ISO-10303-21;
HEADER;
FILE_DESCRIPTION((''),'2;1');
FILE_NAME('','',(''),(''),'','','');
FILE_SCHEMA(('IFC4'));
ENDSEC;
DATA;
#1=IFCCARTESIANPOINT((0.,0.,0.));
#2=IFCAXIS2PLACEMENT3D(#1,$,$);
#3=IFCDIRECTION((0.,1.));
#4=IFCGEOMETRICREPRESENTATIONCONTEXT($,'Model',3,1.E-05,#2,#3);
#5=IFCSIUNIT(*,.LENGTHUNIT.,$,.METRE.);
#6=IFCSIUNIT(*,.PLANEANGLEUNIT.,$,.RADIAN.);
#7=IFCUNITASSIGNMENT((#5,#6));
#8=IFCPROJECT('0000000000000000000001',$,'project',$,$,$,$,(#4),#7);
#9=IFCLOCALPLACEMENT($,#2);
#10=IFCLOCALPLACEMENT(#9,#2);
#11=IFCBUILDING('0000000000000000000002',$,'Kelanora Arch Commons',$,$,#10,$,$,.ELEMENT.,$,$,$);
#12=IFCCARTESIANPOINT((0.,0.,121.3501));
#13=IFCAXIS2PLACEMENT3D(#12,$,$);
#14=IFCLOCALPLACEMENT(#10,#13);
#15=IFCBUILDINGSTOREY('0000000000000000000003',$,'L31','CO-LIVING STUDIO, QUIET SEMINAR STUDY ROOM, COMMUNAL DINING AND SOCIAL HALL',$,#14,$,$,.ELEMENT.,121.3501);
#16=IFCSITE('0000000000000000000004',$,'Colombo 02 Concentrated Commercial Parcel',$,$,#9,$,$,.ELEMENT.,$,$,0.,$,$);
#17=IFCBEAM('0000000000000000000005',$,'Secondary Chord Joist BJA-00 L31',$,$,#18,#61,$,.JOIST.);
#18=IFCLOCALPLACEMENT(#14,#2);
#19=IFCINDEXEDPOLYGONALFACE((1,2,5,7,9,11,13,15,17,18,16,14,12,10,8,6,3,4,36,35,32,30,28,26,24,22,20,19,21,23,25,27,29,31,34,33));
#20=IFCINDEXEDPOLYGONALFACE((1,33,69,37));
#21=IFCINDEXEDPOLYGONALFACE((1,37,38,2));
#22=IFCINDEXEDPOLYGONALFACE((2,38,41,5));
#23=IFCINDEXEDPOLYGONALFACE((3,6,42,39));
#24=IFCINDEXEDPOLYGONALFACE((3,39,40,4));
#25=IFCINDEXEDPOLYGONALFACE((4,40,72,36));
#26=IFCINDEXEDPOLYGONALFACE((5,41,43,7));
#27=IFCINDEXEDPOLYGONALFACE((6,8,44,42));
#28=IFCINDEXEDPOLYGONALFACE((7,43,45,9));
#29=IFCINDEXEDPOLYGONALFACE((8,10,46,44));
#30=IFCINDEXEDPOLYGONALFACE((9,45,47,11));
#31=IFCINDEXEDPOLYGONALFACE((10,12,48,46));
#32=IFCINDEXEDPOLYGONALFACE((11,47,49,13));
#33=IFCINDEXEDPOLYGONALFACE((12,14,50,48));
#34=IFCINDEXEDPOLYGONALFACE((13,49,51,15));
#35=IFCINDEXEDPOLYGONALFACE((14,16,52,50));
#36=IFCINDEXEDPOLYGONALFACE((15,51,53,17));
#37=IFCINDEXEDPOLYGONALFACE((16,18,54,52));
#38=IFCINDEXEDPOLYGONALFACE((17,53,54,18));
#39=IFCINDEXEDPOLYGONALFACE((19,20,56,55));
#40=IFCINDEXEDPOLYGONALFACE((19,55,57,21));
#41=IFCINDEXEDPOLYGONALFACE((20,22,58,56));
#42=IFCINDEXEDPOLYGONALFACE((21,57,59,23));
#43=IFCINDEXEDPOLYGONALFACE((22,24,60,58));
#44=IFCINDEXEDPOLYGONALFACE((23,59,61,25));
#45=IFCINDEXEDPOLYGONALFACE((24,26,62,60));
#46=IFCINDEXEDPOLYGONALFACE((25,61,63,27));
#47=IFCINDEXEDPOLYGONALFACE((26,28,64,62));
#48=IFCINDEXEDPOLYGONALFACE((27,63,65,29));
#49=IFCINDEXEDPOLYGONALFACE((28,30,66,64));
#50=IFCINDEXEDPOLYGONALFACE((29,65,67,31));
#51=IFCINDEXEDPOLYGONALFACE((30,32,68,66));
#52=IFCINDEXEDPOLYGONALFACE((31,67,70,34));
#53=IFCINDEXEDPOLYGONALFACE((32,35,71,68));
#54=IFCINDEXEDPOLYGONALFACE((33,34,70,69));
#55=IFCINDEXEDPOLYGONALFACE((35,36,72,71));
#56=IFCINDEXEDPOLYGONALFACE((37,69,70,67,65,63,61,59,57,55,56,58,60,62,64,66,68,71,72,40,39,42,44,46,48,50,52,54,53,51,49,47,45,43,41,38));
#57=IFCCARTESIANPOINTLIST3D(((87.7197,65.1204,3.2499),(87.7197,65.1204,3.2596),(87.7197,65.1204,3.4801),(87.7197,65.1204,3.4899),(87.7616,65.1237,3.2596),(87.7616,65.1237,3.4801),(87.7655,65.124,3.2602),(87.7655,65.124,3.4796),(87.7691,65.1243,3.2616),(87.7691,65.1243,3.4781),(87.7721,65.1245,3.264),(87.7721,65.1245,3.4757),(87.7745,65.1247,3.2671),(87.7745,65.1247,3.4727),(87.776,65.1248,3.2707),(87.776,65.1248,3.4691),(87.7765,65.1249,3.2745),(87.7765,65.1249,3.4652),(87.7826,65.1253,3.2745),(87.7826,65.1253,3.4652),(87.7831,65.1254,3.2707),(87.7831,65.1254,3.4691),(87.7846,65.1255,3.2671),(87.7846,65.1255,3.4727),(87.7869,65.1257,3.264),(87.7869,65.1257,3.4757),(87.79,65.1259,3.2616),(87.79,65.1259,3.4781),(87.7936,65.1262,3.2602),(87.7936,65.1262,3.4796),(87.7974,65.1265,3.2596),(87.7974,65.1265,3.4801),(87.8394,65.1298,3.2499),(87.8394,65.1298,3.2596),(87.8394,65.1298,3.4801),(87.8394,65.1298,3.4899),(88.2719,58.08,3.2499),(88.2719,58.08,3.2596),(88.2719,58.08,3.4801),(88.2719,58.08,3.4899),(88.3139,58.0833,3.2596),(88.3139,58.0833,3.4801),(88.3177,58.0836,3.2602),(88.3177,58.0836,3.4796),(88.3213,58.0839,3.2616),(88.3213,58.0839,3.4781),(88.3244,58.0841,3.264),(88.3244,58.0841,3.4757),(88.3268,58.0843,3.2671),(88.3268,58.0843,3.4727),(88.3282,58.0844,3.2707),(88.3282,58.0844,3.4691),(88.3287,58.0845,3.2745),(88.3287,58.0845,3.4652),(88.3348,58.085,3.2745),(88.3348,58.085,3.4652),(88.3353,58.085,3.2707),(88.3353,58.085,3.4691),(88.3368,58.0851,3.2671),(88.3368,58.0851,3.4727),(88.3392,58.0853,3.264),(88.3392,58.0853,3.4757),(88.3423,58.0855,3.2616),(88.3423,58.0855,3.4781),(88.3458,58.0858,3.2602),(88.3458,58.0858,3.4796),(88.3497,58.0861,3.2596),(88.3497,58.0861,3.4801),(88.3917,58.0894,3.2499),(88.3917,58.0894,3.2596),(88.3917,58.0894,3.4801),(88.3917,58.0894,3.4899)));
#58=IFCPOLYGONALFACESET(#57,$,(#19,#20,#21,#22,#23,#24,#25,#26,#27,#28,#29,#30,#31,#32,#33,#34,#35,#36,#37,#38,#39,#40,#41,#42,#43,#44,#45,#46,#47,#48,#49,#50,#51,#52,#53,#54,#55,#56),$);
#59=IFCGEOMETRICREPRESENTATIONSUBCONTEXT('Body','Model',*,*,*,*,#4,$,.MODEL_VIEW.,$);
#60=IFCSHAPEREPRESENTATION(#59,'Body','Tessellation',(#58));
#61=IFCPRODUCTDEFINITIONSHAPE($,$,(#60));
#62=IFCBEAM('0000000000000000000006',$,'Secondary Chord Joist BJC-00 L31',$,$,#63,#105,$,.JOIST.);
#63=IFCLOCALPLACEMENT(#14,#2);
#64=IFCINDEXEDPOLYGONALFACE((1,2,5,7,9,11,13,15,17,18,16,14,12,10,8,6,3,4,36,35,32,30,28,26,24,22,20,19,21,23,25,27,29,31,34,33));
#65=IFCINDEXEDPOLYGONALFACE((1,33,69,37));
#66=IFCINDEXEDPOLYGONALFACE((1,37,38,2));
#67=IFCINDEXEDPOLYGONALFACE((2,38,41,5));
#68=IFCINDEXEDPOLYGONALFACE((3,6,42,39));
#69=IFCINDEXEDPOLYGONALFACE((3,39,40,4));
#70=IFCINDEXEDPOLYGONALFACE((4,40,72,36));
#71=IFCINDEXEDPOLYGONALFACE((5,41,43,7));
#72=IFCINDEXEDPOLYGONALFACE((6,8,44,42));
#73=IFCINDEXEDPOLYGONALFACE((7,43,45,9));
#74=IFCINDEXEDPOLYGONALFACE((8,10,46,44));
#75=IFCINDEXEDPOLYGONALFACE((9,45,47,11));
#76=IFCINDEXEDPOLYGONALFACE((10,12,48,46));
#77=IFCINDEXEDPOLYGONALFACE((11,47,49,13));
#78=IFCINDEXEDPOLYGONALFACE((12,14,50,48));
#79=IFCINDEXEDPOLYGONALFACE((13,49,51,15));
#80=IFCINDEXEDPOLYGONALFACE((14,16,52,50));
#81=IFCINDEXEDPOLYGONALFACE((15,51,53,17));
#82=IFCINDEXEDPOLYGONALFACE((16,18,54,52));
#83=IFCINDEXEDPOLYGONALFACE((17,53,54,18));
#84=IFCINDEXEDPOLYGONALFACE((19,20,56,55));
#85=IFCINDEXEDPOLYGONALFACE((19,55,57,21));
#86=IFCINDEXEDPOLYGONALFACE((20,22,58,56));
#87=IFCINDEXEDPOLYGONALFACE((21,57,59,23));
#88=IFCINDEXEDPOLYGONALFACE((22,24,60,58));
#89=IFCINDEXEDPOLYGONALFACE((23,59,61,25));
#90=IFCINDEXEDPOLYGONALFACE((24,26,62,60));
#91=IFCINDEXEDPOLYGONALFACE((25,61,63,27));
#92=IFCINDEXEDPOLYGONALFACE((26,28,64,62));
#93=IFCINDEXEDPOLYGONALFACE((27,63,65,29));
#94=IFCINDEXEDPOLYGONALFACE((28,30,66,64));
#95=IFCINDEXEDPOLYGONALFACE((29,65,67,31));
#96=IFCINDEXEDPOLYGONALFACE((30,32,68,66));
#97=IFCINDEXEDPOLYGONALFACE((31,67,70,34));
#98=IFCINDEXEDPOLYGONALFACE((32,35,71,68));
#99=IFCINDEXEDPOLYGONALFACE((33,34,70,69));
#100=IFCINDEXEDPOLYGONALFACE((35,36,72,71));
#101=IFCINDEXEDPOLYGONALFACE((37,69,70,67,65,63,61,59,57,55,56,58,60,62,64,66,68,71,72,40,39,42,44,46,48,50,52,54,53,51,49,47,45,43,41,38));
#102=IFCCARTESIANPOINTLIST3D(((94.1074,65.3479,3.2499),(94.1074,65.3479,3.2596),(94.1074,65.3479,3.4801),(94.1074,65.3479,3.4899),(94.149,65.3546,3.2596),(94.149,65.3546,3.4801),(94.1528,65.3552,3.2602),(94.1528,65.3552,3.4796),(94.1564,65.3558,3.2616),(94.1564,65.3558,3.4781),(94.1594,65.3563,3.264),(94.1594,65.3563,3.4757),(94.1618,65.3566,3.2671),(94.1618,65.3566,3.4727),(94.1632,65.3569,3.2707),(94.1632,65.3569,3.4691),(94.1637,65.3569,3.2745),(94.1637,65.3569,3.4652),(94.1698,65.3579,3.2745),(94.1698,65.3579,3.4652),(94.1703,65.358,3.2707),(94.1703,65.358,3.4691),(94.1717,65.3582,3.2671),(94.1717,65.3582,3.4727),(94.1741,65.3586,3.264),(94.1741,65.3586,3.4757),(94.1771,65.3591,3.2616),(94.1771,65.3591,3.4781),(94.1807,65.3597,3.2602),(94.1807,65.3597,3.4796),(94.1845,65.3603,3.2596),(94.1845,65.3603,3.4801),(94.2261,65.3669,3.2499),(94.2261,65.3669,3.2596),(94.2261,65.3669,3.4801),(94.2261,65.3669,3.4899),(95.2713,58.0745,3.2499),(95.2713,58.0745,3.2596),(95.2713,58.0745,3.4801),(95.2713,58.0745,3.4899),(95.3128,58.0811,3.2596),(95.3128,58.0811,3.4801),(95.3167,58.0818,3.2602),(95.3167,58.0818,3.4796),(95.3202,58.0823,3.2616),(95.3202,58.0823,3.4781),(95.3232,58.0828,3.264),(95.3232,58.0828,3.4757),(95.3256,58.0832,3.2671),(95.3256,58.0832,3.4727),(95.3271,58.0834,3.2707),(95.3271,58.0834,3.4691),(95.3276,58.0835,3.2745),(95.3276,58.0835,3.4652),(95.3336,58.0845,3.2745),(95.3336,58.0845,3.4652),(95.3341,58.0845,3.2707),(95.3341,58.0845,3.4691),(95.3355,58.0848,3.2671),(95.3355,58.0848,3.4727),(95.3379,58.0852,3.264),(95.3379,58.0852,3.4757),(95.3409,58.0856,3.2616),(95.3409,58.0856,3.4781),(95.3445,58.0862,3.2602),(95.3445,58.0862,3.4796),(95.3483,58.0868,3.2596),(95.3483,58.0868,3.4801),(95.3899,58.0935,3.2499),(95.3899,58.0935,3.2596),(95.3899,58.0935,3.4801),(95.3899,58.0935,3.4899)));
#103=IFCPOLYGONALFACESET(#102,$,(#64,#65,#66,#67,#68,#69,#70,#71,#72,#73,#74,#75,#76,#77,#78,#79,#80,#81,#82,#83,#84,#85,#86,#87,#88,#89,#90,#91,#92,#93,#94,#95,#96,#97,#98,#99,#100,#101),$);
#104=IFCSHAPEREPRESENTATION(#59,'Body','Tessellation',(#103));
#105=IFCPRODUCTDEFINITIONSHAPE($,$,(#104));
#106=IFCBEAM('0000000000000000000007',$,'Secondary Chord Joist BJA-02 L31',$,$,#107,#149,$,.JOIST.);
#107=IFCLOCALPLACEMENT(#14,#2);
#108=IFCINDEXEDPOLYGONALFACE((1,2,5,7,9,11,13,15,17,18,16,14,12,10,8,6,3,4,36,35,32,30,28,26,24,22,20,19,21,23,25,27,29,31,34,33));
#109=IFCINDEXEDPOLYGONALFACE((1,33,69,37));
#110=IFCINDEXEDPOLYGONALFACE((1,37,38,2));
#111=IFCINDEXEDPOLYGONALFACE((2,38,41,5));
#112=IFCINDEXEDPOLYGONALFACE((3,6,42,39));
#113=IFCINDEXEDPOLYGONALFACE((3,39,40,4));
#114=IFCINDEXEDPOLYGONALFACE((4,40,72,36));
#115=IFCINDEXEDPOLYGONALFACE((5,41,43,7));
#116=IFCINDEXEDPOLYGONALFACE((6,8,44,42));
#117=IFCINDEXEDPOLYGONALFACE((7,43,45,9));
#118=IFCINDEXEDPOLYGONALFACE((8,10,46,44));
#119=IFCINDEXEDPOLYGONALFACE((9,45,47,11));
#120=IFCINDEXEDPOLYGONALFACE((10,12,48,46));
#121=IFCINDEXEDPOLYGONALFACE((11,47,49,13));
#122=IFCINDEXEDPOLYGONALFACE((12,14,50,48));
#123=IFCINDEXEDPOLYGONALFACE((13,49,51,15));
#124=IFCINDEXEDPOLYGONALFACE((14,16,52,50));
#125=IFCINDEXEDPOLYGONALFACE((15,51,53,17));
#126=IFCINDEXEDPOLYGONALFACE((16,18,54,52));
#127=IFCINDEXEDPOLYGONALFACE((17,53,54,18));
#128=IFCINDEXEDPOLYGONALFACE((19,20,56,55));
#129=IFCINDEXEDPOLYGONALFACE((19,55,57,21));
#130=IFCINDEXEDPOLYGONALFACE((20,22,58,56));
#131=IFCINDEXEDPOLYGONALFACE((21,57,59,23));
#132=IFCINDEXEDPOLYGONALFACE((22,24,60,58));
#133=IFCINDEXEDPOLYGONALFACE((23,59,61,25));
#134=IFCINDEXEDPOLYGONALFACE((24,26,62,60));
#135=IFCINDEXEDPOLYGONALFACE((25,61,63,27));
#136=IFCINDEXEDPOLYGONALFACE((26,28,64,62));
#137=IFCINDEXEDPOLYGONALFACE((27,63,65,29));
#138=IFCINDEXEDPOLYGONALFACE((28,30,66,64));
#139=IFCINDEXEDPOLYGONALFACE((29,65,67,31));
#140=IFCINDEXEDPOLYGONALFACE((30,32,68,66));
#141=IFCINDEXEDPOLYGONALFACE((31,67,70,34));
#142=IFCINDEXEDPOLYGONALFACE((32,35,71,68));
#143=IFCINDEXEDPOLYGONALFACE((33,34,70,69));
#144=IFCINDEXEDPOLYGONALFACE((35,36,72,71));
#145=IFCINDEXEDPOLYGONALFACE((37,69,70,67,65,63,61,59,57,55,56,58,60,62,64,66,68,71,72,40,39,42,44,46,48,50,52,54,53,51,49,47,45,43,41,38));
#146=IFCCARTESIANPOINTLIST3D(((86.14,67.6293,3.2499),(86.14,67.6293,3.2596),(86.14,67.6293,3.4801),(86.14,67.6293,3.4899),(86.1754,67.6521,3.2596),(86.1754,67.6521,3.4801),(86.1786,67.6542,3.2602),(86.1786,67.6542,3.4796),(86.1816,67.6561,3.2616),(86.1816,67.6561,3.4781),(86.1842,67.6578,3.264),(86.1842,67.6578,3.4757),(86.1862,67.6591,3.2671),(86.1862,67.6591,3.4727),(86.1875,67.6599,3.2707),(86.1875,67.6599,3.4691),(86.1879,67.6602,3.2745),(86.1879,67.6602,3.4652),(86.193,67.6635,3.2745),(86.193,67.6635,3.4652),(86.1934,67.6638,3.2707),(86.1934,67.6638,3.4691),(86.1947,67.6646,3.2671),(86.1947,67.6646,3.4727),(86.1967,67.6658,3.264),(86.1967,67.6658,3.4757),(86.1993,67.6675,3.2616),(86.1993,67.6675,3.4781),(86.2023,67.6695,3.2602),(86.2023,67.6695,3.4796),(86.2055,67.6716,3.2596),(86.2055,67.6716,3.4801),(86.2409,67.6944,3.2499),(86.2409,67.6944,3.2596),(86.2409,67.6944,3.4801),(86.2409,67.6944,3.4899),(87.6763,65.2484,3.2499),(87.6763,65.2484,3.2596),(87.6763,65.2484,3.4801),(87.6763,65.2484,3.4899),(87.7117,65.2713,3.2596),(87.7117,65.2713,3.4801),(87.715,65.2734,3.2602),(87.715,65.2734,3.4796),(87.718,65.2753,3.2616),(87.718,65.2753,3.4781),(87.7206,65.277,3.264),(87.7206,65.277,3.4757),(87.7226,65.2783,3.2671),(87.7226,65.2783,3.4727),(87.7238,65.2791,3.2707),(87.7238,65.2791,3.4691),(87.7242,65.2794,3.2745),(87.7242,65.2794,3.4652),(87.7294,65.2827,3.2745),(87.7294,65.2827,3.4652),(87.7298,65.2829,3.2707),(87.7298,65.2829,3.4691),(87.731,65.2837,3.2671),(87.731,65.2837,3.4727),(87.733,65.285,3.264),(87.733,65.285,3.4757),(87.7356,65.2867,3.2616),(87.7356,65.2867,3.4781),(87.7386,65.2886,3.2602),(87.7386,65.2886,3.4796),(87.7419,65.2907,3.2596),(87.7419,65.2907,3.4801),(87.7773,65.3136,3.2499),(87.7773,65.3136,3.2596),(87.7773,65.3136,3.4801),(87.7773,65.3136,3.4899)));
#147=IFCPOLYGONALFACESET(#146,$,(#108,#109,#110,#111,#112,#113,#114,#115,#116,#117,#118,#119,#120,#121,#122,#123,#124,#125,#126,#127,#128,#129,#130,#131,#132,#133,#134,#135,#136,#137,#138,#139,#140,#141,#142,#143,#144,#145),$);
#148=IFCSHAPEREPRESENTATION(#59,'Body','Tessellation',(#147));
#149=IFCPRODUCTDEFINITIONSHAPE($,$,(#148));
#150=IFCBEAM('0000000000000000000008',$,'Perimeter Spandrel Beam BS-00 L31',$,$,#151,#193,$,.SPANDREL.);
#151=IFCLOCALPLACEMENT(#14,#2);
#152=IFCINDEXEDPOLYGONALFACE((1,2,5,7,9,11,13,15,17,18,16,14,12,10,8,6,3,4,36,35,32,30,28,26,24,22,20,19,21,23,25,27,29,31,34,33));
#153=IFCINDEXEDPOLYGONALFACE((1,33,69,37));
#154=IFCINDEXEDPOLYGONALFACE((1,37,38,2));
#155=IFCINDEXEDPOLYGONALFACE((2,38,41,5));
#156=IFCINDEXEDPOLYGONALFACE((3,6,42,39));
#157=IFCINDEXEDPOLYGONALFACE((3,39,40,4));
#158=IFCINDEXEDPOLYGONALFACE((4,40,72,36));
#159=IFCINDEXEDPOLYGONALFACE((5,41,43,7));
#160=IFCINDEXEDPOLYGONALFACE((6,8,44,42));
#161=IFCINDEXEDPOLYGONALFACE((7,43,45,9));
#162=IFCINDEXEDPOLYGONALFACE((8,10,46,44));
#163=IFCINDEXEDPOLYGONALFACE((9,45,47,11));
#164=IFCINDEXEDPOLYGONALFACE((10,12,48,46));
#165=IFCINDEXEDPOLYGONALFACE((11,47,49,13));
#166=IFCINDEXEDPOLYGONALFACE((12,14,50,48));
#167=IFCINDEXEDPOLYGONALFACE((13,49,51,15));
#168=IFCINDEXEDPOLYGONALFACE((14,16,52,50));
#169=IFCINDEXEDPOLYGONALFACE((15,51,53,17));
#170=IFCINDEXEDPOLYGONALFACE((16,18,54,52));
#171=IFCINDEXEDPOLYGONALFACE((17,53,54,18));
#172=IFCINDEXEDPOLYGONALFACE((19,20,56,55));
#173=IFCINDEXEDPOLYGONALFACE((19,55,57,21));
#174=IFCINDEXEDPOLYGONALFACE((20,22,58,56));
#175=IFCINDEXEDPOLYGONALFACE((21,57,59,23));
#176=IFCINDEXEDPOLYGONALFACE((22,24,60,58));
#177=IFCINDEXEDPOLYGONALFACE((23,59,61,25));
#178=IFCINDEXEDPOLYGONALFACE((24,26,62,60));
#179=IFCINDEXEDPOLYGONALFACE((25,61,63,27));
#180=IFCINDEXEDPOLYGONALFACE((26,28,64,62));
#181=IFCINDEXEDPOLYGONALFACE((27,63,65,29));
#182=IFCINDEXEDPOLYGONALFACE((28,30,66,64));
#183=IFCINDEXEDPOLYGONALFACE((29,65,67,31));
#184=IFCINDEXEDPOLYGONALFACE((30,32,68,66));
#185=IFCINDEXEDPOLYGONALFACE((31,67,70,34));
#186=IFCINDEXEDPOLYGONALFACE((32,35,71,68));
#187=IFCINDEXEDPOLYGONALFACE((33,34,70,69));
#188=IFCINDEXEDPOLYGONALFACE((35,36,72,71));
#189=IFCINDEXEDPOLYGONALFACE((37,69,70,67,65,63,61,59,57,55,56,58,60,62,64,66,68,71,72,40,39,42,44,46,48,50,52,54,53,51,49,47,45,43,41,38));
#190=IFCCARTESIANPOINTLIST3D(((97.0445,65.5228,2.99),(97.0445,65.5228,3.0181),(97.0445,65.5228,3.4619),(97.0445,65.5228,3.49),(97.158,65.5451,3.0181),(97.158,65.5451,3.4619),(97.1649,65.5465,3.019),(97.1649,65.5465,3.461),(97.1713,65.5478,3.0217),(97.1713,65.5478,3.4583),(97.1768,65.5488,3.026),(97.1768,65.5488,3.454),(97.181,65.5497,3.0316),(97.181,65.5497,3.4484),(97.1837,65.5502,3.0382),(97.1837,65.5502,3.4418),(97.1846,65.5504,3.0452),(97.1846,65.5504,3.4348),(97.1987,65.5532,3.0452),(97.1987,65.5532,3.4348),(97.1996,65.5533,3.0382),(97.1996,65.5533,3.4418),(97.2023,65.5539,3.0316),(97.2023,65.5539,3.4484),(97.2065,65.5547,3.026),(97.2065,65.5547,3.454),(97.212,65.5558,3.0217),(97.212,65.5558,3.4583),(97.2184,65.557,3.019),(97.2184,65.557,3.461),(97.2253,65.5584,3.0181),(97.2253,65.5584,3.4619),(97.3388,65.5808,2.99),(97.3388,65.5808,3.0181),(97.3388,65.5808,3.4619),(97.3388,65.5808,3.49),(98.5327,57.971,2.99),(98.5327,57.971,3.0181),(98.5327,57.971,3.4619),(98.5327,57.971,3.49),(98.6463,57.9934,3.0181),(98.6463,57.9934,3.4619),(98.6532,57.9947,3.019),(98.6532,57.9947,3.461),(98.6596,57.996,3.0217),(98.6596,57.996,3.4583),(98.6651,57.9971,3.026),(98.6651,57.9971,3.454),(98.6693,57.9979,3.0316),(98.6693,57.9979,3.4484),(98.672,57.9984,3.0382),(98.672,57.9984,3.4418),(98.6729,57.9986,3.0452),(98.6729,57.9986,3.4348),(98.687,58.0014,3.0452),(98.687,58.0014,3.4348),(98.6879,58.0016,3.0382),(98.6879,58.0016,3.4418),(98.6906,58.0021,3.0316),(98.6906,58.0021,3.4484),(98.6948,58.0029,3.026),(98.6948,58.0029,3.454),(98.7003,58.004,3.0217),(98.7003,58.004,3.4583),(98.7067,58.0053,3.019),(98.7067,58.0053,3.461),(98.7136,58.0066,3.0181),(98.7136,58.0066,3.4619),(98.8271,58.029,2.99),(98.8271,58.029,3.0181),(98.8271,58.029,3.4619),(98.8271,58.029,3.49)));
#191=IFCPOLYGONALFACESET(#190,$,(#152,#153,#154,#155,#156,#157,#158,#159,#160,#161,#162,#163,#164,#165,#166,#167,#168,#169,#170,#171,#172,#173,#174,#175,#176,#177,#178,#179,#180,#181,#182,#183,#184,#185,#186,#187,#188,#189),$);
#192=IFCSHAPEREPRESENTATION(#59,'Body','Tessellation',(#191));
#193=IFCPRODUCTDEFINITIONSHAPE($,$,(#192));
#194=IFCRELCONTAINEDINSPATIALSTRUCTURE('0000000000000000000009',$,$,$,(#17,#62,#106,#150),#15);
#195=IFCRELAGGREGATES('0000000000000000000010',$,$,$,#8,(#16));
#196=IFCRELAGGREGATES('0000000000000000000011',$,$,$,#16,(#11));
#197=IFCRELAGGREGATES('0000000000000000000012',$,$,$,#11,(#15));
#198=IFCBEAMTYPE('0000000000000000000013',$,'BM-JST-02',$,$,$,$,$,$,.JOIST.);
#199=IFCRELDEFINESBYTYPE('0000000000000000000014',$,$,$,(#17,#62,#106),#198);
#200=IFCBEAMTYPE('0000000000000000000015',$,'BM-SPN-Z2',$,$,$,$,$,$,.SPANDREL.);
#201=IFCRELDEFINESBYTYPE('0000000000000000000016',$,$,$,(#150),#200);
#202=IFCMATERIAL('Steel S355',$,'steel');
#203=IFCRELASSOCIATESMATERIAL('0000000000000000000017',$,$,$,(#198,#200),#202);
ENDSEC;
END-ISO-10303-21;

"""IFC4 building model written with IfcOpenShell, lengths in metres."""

from ifc_helpers import new_model, si_unit, direction, frame, origin, origin_2d, place, context, subcontext, project, spatial, i_section, extrude, material, material_profile, profile_set, type_object, element, save


model = new_model("IFC4")

# Units and contexts
model_context = context("Model", 3, precision=1e-05, world=origin(), true_north=direction((0.0, 1.0)))
body_context = subcontext(model_context, "Body", "Model", "MODEL_VIEW")
ifc_project = project(units=[si_unit("LENGTHUNIT", "METRE"), si_unit("PLANEANGLEUNIT", "RADIAN")], contexts=[model_context])

# Site, building, storey
site_placement = place(None, origin())
site = spatial("IfcSite", under=ifc_project, at=site_placement, Name="Colombo 02 Concentrated Commercial Parcel", CompositionType="ELEMENT", RefElevation=0.0)
building_placement = place(site_placement, origin())
building = spatial("IfcBuilding", under=site, at=building_placement, Name="Kelanora Arch Commons", CompositionType="ELEMENT")
storey_placement = place(building_placement, frame((0.0, 0.0, 121.3501)))
storey = spatial("IfcBuildingStorey", under=building, at=storey_placement, Name="L31", Description="CO-LIVING STUDIO, QUIET SEMINAR STUDY ROOM, COMMUNAL DINING AND SOCIAL HALL", CompositionType="ELEMENT", Elevation=121.3501)

# Beams
ifc_material_1 = material(Name="Steel S355", Category="steel")
ifc_material_profile_1 = material_profile(ifc_material_1, i_section(OverallWidth=0.1201, OverallDepth=0.24, WebThickness=0.0061, FlangeThickness=0.0098, FilletRadius=0.0149, at=origin_2d()), Name="IPE240")
ifc_profile_set_1 = profile_set([ifc_material_profile_1], Name="Steel S355")
beam_type_1 = type_object("IfcBeamType", Name="BM-JST-02", PredefinedType="JOIST", material=ifc_profile_set_1)
beam_1_placement = place(storey_placement, frame((88.3318, 58.0847, 3.3699), z_axis=(-0.078201, 0.996938, 0.0), x_axis=(-0.996938, -0.078201, 0.0)))
element("IfcBeam", 1, at=beam_1_placement, inside=storey, type_object=beam_type_1, Name="Secondary Chord Joist BJA-00 L31", PredefinedType="JOIST", context=body_context, shape_type="SweptSolid", body=[
    extrude(i_section(OverallWidth=0.1201, OverallDepth=0.24, WebThickness=0.0061, FlangeThickness=0.0098, FilletRadius=0.0149, at=origin_2d()), origin(), (0.0, 0.0, 1.0), 7.062),
])
beam_2_placement = place(storey_placement, frame((95.3306, 58.084, 3.3699), z_axis=(-0.158, 0.987439, 0.0), x_axis=(-0.987439, -0.158, 0.0)))
element("IfcBeam", 2, at=beam_2_placement, inside=storey, type_object=beam_type_1, Name="Secondary Chord Joist BJC-00 L31", PredefinedType="JOIST", context=body_context, shape_type="SweptSolid", body=[
    extrude(i_section(OverallWidth=0.1201, OverallDepth=0.24, WebThickness=0.0061, FlangeThickness=0.0098, FilletRadius=0.0149, at=origin_2d()), origin(), (0.0, 0.0, 1.0), 7.366),
])
beam_3_placement = place(storey_placement, frame((87.7268, 65.281, 3.3699), z_axis=(-0.542211, 0.840242, 0.0), x_axis=(-0.840242, -0.542211, 0.0)))
element("IfcBeam", 3, at=beam_3_placement, inside=storey, type_object=beam_type_1, Name="Secondary Chord Joist BJA-02 L31", PredefinedType="JOIST", context=body_context, shape_type="SweptSolid", body=[
    extrude(i_section(OverallWidth=0.1201, OverallDepth=0.24, WebThickness=0.0061, FlangeThickness=0.0098, FilletRadius=0.0149, at=origin_2d()), origin(), (0.0, 0.0, 1.0), 2.8335),
])
ifc_material_profile_2 = material_profile(ifc_material_1, i_section(OverallWidth=0.3, OverallDepth=0.5, WebThickness=0.0144, FlangeThickness=0.0281, FilletRadius=0.0271, at=origin_2d()), Name="HEB500")
ifc_profile_set_2 = profile_set([ifc_material_profile_2], Name="Steel S355")
beam_type_2 = type_object("IfcBeamType", Name="BM-SPN-Z2", PredefinedType="SPANDREL", material=ifc_profile_set_2)
beam_4_placement = place(storey_placement, frame((98.6799, 58.0, 3.24), z_axis=(-0.193358, 0.981128, 0.0), x_axis=(-0.981128, -0.193358, 0.0)))
element("IfcBeam", 4, at=beam_4_placement, inside=storey, type_object=beam_type_2, Name="Perimeter Spandrel Beam BS-00 L31", PredefinedType="SPANDREL", context=body_context, shape_type="SweptSolid", body=[
    extrude(i_section(OverallWidth=0.3, OverallDepth=0.5, WebThickness=0.0144, FlangeThickness=0.0281, FilletRadius=0.0271, at=origin_2d()), origin(), (0.0, 0.0, 1.0), 7.697),
])

save(model, "model.ifc")
